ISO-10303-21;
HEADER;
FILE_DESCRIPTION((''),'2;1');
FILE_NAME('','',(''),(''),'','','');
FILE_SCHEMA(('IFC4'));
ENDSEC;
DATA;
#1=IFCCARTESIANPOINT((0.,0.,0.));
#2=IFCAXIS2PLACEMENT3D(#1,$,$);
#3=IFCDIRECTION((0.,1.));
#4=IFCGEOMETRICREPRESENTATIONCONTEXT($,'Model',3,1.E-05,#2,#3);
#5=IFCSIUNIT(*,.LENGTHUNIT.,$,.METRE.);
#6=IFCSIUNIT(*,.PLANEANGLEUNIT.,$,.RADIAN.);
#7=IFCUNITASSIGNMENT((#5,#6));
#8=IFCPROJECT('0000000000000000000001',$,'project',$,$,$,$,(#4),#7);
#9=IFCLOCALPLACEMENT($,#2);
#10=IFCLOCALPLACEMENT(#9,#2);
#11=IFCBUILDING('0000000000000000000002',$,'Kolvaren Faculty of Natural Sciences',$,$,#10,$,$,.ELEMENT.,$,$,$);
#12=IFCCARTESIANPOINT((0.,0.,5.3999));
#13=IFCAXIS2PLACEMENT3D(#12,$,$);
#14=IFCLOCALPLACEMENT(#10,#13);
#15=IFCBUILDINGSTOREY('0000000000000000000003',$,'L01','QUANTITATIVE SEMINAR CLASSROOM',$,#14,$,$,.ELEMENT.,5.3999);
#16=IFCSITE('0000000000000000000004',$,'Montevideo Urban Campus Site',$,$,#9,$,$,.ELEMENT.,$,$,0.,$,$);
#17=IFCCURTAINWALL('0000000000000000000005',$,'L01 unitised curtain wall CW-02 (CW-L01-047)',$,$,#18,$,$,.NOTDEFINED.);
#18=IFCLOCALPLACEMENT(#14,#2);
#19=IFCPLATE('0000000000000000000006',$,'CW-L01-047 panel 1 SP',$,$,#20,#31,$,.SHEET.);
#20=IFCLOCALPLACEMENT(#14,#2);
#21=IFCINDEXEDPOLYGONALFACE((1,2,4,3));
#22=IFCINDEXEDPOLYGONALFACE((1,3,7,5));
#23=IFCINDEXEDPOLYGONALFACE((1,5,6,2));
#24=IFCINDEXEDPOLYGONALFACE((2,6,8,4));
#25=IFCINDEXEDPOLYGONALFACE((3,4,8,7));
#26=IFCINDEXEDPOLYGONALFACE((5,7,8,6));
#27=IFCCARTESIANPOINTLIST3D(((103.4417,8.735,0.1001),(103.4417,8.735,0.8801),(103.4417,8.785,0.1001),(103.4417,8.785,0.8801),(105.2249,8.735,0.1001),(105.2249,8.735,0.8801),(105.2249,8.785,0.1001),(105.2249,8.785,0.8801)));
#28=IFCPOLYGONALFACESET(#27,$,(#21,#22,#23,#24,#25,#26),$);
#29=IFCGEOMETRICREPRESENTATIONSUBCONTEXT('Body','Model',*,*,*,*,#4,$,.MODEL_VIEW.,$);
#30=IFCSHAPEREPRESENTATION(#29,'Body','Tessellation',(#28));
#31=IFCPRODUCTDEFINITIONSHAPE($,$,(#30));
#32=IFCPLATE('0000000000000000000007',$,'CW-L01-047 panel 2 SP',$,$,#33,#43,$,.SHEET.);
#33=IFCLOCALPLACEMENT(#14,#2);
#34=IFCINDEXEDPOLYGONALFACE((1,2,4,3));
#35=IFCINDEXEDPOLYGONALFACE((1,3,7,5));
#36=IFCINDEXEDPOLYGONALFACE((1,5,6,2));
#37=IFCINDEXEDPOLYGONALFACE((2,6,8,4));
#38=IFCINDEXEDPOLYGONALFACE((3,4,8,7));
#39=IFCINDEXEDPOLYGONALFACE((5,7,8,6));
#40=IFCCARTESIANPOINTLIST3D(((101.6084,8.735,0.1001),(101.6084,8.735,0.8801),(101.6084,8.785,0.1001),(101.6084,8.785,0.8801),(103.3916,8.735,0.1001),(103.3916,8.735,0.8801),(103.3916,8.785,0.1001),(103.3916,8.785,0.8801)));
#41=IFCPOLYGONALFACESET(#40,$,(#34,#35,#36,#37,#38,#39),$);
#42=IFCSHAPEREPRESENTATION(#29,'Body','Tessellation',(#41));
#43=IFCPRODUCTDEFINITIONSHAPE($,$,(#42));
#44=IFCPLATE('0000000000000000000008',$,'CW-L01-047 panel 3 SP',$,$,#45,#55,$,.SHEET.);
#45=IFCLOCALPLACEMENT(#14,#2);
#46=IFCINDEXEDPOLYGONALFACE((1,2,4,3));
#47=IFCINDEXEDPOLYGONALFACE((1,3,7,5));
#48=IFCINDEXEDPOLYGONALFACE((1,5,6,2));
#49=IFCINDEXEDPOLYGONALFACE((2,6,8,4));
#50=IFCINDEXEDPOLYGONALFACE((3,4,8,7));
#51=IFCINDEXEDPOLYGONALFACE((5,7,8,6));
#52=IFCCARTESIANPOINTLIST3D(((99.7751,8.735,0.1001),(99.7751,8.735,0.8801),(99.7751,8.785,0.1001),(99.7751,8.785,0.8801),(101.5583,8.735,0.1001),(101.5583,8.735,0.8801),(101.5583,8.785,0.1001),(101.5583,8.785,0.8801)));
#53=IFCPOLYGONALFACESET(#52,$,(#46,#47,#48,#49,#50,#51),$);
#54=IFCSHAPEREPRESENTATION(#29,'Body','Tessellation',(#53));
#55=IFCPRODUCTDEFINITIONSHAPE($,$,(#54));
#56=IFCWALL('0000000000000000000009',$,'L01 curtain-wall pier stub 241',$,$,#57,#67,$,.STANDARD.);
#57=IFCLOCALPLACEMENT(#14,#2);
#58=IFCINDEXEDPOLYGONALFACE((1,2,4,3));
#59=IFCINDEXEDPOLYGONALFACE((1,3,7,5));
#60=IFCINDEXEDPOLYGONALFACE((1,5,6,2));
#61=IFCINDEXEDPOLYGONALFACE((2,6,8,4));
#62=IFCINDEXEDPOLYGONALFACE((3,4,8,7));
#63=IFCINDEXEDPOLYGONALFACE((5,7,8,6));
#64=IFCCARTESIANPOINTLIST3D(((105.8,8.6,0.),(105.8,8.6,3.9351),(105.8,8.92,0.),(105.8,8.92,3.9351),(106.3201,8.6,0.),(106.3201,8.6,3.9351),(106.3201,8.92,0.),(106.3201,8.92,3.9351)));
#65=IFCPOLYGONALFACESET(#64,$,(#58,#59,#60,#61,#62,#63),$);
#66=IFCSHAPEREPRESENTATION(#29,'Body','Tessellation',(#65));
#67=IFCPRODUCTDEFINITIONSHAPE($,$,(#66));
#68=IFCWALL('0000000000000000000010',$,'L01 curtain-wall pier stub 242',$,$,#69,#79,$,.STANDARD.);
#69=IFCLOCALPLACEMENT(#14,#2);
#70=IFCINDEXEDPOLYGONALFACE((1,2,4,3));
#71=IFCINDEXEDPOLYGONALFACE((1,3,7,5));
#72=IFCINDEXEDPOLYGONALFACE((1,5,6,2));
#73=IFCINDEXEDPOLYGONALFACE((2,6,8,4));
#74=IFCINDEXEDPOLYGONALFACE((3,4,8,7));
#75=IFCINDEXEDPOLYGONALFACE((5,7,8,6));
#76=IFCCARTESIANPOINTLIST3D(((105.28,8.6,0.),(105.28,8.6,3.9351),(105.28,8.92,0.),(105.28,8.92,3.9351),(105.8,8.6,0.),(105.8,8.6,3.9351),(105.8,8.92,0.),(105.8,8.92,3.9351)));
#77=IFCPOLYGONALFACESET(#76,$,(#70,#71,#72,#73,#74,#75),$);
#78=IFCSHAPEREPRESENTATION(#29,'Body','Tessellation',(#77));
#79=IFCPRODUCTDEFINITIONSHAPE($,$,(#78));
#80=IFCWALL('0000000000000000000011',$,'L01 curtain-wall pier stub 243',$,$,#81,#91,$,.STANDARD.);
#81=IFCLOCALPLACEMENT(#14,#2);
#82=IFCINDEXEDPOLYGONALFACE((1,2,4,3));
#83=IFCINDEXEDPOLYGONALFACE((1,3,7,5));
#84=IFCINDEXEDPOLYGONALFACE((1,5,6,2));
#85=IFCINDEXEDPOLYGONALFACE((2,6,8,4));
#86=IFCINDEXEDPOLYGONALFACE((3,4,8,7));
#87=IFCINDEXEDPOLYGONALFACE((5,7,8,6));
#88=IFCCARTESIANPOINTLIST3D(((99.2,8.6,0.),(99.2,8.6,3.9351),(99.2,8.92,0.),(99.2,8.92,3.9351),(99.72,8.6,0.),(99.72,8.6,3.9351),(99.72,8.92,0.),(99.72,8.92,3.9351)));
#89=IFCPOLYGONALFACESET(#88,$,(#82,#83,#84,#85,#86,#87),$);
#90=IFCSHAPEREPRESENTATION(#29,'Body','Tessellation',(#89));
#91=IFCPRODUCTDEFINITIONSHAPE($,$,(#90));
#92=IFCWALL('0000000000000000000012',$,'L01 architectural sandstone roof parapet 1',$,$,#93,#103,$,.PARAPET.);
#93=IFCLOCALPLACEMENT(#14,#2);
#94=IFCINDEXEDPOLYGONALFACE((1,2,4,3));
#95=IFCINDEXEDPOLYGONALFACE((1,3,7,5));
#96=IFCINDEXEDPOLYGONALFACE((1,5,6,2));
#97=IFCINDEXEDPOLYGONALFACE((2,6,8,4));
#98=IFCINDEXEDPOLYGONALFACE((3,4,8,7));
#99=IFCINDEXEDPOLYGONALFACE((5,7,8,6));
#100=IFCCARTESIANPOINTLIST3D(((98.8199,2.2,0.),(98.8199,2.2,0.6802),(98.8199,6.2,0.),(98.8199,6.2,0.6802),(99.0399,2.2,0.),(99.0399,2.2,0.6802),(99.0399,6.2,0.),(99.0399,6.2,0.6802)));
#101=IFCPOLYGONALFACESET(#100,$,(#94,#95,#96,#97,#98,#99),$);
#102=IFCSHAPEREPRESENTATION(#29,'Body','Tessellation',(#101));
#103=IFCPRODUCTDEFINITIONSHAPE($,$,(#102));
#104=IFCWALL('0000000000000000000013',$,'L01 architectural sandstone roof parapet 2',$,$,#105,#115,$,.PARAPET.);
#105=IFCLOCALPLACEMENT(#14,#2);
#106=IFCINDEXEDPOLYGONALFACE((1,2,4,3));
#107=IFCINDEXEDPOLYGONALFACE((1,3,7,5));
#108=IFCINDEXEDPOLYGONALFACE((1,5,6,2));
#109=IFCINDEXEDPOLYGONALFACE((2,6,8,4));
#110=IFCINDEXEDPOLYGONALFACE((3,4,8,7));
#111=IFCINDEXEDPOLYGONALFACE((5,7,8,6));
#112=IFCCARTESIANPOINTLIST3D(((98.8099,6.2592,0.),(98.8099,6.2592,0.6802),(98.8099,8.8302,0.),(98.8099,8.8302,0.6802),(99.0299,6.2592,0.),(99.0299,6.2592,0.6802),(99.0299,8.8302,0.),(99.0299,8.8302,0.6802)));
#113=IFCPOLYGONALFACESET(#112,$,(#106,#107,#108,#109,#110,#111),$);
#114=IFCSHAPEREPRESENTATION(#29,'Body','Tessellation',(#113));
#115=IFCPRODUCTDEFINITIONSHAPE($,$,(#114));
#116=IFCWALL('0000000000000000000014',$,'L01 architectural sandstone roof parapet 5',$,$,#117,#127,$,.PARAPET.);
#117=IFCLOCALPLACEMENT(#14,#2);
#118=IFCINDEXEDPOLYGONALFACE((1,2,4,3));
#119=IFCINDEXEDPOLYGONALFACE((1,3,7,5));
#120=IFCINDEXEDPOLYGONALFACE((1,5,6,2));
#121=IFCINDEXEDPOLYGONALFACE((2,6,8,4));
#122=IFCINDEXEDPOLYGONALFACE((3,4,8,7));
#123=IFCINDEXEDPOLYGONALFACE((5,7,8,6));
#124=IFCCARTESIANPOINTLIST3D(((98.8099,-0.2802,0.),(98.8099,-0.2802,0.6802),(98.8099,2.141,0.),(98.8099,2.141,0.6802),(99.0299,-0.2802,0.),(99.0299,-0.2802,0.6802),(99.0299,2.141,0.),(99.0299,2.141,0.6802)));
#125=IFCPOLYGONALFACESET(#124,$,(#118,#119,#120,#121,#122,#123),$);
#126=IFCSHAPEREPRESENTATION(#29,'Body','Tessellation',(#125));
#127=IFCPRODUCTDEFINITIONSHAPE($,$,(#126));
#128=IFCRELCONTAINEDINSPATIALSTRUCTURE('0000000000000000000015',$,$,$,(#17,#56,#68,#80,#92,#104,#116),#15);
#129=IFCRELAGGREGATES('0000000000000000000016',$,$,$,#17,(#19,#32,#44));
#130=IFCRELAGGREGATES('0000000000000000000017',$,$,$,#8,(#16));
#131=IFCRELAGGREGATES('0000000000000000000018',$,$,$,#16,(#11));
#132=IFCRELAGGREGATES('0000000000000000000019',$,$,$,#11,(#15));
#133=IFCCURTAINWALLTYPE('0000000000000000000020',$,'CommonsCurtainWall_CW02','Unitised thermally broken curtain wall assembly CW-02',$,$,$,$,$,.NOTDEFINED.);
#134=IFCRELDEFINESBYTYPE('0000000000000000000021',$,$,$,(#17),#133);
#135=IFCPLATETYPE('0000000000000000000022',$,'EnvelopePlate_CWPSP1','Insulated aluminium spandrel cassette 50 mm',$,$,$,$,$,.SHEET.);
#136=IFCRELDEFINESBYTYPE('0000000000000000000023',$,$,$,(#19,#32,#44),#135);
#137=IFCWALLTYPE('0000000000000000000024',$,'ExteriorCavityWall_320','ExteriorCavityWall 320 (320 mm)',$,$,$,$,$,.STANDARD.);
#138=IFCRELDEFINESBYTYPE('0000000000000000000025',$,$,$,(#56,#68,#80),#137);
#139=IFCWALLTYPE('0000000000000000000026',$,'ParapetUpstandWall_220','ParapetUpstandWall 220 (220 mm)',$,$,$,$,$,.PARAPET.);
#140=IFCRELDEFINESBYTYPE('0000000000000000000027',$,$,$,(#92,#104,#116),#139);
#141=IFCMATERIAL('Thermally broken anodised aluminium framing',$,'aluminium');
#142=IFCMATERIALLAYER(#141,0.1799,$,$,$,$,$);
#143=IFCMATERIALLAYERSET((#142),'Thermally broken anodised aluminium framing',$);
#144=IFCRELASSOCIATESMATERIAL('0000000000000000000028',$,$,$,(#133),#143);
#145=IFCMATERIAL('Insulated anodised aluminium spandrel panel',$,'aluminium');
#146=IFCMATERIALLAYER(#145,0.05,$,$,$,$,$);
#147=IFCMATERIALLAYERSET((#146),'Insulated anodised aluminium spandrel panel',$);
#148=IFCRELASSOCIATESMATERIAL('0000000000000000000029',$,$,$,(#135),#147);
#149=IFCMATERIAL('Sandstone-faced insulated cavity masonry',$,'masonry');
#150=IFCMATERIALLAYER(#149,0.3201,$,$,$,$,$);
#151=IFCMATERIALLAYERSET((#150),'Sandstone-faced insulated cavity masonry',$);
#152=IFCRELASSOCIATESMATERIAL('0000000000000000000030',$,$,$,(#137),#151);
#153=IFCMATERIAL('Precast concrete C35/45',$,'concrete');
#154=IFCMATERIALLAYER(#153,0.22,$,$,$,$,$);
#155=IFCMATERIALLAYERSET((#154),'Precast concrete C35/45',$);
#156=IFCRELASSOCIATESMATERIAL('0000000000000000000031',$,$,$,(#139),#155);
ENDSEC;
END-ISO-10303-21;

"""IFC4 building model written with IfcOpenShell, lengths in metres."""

from ifc_helpers import new_model, si_unit, direction, frame, frame_2d, origin, origin_2d, place, context, subcontext, project, spatial, rectangle, extrude, material, layer, layer_set, type_object, element, aggregate, save


model = new_model("IFC4")

# Units and contexts
model_context = context("Model", 3, precision=1e-05, world=origin(), true_north=direction((0.0, 1.0)))
body_context = subcontext(model_context, "Body", "Model", "MODEL_VIEW")
ifc_project = project(units=[si_unit("LENGTHUNIT", "METRE"), si_unit("PLANEANGLEUNIT", "RADIAN")], contexts=[model_context])

# Site, building, storey
site_placement = place(None, origin())
site = spatial("IfcSite", under=ifc_project, at=site_placement, Name="Montevideo Urban Campus Site", CompositionType="ELEMENT", RefElevation=0.0)
building_placement = place(site_placement, origin())
building = spatial("IfcBuilding", under=site, at=building_placement, Name="Kolvaren Faculty of Natural Sciences", CompositionType="ELEMENT")
storey_placement = place(building_placement, frame((0.0, 0.0, 5.3999)))
storey = spatial("IfcBuildingStorey", under=building, at=storey_placement, Name="L01", Description="QUANTITATIVE SEMINAR CLASSROOM", CompositionType="ELEMENT", Elevation=5.3999)

# Curtain wall
ifc_material_1 = material(Name="Thermally broken anodised aluminium framing", Category="aluminium")
ifc_layer_1 = layer(ifc_material_1, 0.1799)
ifc_layer_set_1 = layer_set([ifc_layer_1], Name="Thermally broken anodised aluminium framing")
curtain_wall_type = type_object("IfcCurtainWallType", Name="CommonsCurtainWall_CW02", Description="Unitised thermally broken curtain wall assembly CW-02", PredefinedType="NOTDEFINED", material=ifc_layer_set_1)
curtain_wall_1_placement = place(storey_placement, origin())
curtain_wall_1 = element("IfcCurtainWall", 1, at=curtain_wall_1_placement, inside=storey, type_object=curtain_wall_type, Name="L01 unitised curtain wall CW-02 (CW-L01-047)", PredefinedType="NOTDEFINED")

# Plates
ifc_material_2 = material(Name="Insulated anodised aluminium spandrel panel", Category="aluminium")
ifc_layer_2 = layer(ifc_material_2, 0.05)
ifc_layer_set_2 = layer_set([ifc_layer_2], Name="Insulated anodised aluminium spandrel panel")
plate_type_1 = type_object("IfcPlateType", Name="EnvelopePlate_CWPSP1", Description="Insulated aluminium spandrel cassette 50 mm", PredefinedType="SHEET", material=ifc_layer_set_2)
plate_1_placement = place(storey_placement, frame((104.3333, 8.76, 0.1001), z_axis=(0.0, 0.0, 1.0), x_axis=(-1.0, 0.0, 0.0)))
plate_1 = element("IfcPlate", 2, at=plate_1_placement, type_object=plate_type_1, Name="CW-L01-047 panel 1 SP", PredefinedType="SHEET", context=body_context, shape_type="SweptSolid", body=[
    extrude(rectangle(XDim=1.7832, YDim=0.05, at=origin_2d()), origin(), (0.0, 0.0, 1.0), 0.78),
])
plate_2_placement = place(storey_placement, frame((102.5, 8.76, 0.1001), z_axis=(0.0, 0.0, 1.0), x_axis=(-1.0, 0.0, 0.0)))
plate_2 = element("IfcPlate", 3, at=plate_2_placement, type_object=plate_type_1, Name="CW-L01-047 panel 2 SP", PredefinedType="SHEET", context=body_context, shape_type="SweptSolid", body=[
    extrude(rectangle(XDim=1.7832, YDim=0.05, at=origin_2d()), origin(), (0.0, 0.0, 1.0), 0.78),
])
plate_3_placement = place(storey_placement, frame((100.6667, 8.76, 0.1001), z_axis=(0.0, 0.0, 1.0), x_axis=(-1.0, 0.0, 0.0)))
plate_3 = element("IfcPlate", 4, at=plate_3_placement, type_object=plate_type_1, Name="CW-L01-047 panel 3 SP", PredefinedType="SHEET", context=body_context, shape_type="SweptSolid", body=[
    extrude(rectangle(XDim=1.7832, YDim=0.05, at=origin_2d()), origin(), (0.0, 0.0, 1.0), 0.78),
])
aggregate(curtain_wall_1, [plate_1, plate_2, plate_3])

# Walls
ifc_material_3 = material(Name="Sandstone-faced insulated cavity masonry", Category="masonry")
ifc_layer_3 = layer(ifc_material_3, 0.3201)
ifc_layer_set_3 = layer_set([ifc_layer_3], Name="Sandstone-faced insulated cavity masonry")
wall_type_1 = type_object("IfcWallType", Name="ExteriorCavityWall_320", Description="ExteriorCavityWall 320 (320 mm)", PredefinedType="STANDARD", material=ifc_layer_set_3)
for number, where, z_axis, x_axis, name in (
    (5, (106.3201, 8.76, 0.0), (0.0, 0.0, 1.0), (-1.0, 0.0, 0.0), "L01 curtain-wall pier stub 241"),
    (6, (105.8, 8.76, 0.0), (0.0, 0.0, 1.0), (-1.0, 0.0, 0.0), "L01 curtain-wall pier stub 242"),
    (7, (99.72, 8.76, 0.0), (0.0, 0.0, 1.0), (-1.0, 0.0, 0.0), "L01 curtain-wall pier stub 243"),
):
    element("IfcWall", number, at=place(storey_placement, frame(where, z_axis=z_axis, x_axis=x_axis)), inside=storey, type_object=wall_type_1, Name=name, PredefinedType="STANDARD", context=body_context, shape_type="SweptSolid", body=[
        extrude(rectangle(XDim=0.52, YDim=0.3201, at=frame_2d((0.26, 0.0))), origin(), (0.0, 0.0, 1.0), 3.9351),
    ])
ifc_material_4 = material(Name="Precast concrete C35/45", Category="concrete")
ifc_layer_4 = layer(ifc_material_4, 0.22)
ifc_layer_set_4 = layer_set([ifc_layer_4], Name="Precast concrete C35/45")
wall_type_2 = type_object("IfcWallType", Name="ParapetUpstandWall_220", Description="ParapetUpstandWall 220 (220 mm)", PredefinedType="PARAPET", material=ifc_layer_set_4)
wall_1_placement = place(storey_placement, frame((98.9299, 2.2, 0.0), z_axis=(0.0, 0.0, 1.0), x_axis=(0.0, 1.0, 0.0)))
element("IfcWall", 8, at=wall_1_placement, inside=storey, type_object=wall_type_2, Name="L01 architectural sandstone roof parapet 1", PredefinedType="PARAPET", context=body_context, shape_type="SweptSolid", body=[
    extrude(rectangle(XDim=4.0, YDim=0.22, at=frame_2d((2.0, 0.0))), origin(), (0.0, 0.0, 1.0), 0.6802),
])
wall_2_placement = place(storey_placement, frame((98.9199, 6.259, 0.0), z_axis=(0.0, 0.0, 1.0), x_axis=(0.0, 1.0, 0.0)))
element("IfcWall", 9, at=wall_2_placement, inside=storey, type_object=wall_type_2, Name="L01 architectural sandstone roof parapet 2", PredefinedType="PARAPET", context=body_context, shape_type="SweptSolid", body=[
    extrude(rectangle(XDim=2.571, YDim=0.22, at=frame_2d((1.2856, 0.0))), origin(), (0.0, 0.0, 1.0), 0.6802),
])
wall_3_placement = place(storey_placement, frame((98.9199, -0.28, 0.0), z_axis=(0.0, 0.0, 1.0), x_axis=(0.0, 1.0, 0.0)))
element("IfcWall", 10, at=wall_3_placement, inside=storey, type_object=wall_type_2, Name="L01 architectural sandstone roof parapet 5", PredefinedType="PARAPET", context=body_context, shape_type="SweptSolid", body=[
    extrude(rectangle(XDim=2.4211, YDim=0.22, at=frame_2d((1.2104, 0.0))), origin(), (0.0, 0.0, 1.0), 0.6802),
])

save(model, "model.ifc")
